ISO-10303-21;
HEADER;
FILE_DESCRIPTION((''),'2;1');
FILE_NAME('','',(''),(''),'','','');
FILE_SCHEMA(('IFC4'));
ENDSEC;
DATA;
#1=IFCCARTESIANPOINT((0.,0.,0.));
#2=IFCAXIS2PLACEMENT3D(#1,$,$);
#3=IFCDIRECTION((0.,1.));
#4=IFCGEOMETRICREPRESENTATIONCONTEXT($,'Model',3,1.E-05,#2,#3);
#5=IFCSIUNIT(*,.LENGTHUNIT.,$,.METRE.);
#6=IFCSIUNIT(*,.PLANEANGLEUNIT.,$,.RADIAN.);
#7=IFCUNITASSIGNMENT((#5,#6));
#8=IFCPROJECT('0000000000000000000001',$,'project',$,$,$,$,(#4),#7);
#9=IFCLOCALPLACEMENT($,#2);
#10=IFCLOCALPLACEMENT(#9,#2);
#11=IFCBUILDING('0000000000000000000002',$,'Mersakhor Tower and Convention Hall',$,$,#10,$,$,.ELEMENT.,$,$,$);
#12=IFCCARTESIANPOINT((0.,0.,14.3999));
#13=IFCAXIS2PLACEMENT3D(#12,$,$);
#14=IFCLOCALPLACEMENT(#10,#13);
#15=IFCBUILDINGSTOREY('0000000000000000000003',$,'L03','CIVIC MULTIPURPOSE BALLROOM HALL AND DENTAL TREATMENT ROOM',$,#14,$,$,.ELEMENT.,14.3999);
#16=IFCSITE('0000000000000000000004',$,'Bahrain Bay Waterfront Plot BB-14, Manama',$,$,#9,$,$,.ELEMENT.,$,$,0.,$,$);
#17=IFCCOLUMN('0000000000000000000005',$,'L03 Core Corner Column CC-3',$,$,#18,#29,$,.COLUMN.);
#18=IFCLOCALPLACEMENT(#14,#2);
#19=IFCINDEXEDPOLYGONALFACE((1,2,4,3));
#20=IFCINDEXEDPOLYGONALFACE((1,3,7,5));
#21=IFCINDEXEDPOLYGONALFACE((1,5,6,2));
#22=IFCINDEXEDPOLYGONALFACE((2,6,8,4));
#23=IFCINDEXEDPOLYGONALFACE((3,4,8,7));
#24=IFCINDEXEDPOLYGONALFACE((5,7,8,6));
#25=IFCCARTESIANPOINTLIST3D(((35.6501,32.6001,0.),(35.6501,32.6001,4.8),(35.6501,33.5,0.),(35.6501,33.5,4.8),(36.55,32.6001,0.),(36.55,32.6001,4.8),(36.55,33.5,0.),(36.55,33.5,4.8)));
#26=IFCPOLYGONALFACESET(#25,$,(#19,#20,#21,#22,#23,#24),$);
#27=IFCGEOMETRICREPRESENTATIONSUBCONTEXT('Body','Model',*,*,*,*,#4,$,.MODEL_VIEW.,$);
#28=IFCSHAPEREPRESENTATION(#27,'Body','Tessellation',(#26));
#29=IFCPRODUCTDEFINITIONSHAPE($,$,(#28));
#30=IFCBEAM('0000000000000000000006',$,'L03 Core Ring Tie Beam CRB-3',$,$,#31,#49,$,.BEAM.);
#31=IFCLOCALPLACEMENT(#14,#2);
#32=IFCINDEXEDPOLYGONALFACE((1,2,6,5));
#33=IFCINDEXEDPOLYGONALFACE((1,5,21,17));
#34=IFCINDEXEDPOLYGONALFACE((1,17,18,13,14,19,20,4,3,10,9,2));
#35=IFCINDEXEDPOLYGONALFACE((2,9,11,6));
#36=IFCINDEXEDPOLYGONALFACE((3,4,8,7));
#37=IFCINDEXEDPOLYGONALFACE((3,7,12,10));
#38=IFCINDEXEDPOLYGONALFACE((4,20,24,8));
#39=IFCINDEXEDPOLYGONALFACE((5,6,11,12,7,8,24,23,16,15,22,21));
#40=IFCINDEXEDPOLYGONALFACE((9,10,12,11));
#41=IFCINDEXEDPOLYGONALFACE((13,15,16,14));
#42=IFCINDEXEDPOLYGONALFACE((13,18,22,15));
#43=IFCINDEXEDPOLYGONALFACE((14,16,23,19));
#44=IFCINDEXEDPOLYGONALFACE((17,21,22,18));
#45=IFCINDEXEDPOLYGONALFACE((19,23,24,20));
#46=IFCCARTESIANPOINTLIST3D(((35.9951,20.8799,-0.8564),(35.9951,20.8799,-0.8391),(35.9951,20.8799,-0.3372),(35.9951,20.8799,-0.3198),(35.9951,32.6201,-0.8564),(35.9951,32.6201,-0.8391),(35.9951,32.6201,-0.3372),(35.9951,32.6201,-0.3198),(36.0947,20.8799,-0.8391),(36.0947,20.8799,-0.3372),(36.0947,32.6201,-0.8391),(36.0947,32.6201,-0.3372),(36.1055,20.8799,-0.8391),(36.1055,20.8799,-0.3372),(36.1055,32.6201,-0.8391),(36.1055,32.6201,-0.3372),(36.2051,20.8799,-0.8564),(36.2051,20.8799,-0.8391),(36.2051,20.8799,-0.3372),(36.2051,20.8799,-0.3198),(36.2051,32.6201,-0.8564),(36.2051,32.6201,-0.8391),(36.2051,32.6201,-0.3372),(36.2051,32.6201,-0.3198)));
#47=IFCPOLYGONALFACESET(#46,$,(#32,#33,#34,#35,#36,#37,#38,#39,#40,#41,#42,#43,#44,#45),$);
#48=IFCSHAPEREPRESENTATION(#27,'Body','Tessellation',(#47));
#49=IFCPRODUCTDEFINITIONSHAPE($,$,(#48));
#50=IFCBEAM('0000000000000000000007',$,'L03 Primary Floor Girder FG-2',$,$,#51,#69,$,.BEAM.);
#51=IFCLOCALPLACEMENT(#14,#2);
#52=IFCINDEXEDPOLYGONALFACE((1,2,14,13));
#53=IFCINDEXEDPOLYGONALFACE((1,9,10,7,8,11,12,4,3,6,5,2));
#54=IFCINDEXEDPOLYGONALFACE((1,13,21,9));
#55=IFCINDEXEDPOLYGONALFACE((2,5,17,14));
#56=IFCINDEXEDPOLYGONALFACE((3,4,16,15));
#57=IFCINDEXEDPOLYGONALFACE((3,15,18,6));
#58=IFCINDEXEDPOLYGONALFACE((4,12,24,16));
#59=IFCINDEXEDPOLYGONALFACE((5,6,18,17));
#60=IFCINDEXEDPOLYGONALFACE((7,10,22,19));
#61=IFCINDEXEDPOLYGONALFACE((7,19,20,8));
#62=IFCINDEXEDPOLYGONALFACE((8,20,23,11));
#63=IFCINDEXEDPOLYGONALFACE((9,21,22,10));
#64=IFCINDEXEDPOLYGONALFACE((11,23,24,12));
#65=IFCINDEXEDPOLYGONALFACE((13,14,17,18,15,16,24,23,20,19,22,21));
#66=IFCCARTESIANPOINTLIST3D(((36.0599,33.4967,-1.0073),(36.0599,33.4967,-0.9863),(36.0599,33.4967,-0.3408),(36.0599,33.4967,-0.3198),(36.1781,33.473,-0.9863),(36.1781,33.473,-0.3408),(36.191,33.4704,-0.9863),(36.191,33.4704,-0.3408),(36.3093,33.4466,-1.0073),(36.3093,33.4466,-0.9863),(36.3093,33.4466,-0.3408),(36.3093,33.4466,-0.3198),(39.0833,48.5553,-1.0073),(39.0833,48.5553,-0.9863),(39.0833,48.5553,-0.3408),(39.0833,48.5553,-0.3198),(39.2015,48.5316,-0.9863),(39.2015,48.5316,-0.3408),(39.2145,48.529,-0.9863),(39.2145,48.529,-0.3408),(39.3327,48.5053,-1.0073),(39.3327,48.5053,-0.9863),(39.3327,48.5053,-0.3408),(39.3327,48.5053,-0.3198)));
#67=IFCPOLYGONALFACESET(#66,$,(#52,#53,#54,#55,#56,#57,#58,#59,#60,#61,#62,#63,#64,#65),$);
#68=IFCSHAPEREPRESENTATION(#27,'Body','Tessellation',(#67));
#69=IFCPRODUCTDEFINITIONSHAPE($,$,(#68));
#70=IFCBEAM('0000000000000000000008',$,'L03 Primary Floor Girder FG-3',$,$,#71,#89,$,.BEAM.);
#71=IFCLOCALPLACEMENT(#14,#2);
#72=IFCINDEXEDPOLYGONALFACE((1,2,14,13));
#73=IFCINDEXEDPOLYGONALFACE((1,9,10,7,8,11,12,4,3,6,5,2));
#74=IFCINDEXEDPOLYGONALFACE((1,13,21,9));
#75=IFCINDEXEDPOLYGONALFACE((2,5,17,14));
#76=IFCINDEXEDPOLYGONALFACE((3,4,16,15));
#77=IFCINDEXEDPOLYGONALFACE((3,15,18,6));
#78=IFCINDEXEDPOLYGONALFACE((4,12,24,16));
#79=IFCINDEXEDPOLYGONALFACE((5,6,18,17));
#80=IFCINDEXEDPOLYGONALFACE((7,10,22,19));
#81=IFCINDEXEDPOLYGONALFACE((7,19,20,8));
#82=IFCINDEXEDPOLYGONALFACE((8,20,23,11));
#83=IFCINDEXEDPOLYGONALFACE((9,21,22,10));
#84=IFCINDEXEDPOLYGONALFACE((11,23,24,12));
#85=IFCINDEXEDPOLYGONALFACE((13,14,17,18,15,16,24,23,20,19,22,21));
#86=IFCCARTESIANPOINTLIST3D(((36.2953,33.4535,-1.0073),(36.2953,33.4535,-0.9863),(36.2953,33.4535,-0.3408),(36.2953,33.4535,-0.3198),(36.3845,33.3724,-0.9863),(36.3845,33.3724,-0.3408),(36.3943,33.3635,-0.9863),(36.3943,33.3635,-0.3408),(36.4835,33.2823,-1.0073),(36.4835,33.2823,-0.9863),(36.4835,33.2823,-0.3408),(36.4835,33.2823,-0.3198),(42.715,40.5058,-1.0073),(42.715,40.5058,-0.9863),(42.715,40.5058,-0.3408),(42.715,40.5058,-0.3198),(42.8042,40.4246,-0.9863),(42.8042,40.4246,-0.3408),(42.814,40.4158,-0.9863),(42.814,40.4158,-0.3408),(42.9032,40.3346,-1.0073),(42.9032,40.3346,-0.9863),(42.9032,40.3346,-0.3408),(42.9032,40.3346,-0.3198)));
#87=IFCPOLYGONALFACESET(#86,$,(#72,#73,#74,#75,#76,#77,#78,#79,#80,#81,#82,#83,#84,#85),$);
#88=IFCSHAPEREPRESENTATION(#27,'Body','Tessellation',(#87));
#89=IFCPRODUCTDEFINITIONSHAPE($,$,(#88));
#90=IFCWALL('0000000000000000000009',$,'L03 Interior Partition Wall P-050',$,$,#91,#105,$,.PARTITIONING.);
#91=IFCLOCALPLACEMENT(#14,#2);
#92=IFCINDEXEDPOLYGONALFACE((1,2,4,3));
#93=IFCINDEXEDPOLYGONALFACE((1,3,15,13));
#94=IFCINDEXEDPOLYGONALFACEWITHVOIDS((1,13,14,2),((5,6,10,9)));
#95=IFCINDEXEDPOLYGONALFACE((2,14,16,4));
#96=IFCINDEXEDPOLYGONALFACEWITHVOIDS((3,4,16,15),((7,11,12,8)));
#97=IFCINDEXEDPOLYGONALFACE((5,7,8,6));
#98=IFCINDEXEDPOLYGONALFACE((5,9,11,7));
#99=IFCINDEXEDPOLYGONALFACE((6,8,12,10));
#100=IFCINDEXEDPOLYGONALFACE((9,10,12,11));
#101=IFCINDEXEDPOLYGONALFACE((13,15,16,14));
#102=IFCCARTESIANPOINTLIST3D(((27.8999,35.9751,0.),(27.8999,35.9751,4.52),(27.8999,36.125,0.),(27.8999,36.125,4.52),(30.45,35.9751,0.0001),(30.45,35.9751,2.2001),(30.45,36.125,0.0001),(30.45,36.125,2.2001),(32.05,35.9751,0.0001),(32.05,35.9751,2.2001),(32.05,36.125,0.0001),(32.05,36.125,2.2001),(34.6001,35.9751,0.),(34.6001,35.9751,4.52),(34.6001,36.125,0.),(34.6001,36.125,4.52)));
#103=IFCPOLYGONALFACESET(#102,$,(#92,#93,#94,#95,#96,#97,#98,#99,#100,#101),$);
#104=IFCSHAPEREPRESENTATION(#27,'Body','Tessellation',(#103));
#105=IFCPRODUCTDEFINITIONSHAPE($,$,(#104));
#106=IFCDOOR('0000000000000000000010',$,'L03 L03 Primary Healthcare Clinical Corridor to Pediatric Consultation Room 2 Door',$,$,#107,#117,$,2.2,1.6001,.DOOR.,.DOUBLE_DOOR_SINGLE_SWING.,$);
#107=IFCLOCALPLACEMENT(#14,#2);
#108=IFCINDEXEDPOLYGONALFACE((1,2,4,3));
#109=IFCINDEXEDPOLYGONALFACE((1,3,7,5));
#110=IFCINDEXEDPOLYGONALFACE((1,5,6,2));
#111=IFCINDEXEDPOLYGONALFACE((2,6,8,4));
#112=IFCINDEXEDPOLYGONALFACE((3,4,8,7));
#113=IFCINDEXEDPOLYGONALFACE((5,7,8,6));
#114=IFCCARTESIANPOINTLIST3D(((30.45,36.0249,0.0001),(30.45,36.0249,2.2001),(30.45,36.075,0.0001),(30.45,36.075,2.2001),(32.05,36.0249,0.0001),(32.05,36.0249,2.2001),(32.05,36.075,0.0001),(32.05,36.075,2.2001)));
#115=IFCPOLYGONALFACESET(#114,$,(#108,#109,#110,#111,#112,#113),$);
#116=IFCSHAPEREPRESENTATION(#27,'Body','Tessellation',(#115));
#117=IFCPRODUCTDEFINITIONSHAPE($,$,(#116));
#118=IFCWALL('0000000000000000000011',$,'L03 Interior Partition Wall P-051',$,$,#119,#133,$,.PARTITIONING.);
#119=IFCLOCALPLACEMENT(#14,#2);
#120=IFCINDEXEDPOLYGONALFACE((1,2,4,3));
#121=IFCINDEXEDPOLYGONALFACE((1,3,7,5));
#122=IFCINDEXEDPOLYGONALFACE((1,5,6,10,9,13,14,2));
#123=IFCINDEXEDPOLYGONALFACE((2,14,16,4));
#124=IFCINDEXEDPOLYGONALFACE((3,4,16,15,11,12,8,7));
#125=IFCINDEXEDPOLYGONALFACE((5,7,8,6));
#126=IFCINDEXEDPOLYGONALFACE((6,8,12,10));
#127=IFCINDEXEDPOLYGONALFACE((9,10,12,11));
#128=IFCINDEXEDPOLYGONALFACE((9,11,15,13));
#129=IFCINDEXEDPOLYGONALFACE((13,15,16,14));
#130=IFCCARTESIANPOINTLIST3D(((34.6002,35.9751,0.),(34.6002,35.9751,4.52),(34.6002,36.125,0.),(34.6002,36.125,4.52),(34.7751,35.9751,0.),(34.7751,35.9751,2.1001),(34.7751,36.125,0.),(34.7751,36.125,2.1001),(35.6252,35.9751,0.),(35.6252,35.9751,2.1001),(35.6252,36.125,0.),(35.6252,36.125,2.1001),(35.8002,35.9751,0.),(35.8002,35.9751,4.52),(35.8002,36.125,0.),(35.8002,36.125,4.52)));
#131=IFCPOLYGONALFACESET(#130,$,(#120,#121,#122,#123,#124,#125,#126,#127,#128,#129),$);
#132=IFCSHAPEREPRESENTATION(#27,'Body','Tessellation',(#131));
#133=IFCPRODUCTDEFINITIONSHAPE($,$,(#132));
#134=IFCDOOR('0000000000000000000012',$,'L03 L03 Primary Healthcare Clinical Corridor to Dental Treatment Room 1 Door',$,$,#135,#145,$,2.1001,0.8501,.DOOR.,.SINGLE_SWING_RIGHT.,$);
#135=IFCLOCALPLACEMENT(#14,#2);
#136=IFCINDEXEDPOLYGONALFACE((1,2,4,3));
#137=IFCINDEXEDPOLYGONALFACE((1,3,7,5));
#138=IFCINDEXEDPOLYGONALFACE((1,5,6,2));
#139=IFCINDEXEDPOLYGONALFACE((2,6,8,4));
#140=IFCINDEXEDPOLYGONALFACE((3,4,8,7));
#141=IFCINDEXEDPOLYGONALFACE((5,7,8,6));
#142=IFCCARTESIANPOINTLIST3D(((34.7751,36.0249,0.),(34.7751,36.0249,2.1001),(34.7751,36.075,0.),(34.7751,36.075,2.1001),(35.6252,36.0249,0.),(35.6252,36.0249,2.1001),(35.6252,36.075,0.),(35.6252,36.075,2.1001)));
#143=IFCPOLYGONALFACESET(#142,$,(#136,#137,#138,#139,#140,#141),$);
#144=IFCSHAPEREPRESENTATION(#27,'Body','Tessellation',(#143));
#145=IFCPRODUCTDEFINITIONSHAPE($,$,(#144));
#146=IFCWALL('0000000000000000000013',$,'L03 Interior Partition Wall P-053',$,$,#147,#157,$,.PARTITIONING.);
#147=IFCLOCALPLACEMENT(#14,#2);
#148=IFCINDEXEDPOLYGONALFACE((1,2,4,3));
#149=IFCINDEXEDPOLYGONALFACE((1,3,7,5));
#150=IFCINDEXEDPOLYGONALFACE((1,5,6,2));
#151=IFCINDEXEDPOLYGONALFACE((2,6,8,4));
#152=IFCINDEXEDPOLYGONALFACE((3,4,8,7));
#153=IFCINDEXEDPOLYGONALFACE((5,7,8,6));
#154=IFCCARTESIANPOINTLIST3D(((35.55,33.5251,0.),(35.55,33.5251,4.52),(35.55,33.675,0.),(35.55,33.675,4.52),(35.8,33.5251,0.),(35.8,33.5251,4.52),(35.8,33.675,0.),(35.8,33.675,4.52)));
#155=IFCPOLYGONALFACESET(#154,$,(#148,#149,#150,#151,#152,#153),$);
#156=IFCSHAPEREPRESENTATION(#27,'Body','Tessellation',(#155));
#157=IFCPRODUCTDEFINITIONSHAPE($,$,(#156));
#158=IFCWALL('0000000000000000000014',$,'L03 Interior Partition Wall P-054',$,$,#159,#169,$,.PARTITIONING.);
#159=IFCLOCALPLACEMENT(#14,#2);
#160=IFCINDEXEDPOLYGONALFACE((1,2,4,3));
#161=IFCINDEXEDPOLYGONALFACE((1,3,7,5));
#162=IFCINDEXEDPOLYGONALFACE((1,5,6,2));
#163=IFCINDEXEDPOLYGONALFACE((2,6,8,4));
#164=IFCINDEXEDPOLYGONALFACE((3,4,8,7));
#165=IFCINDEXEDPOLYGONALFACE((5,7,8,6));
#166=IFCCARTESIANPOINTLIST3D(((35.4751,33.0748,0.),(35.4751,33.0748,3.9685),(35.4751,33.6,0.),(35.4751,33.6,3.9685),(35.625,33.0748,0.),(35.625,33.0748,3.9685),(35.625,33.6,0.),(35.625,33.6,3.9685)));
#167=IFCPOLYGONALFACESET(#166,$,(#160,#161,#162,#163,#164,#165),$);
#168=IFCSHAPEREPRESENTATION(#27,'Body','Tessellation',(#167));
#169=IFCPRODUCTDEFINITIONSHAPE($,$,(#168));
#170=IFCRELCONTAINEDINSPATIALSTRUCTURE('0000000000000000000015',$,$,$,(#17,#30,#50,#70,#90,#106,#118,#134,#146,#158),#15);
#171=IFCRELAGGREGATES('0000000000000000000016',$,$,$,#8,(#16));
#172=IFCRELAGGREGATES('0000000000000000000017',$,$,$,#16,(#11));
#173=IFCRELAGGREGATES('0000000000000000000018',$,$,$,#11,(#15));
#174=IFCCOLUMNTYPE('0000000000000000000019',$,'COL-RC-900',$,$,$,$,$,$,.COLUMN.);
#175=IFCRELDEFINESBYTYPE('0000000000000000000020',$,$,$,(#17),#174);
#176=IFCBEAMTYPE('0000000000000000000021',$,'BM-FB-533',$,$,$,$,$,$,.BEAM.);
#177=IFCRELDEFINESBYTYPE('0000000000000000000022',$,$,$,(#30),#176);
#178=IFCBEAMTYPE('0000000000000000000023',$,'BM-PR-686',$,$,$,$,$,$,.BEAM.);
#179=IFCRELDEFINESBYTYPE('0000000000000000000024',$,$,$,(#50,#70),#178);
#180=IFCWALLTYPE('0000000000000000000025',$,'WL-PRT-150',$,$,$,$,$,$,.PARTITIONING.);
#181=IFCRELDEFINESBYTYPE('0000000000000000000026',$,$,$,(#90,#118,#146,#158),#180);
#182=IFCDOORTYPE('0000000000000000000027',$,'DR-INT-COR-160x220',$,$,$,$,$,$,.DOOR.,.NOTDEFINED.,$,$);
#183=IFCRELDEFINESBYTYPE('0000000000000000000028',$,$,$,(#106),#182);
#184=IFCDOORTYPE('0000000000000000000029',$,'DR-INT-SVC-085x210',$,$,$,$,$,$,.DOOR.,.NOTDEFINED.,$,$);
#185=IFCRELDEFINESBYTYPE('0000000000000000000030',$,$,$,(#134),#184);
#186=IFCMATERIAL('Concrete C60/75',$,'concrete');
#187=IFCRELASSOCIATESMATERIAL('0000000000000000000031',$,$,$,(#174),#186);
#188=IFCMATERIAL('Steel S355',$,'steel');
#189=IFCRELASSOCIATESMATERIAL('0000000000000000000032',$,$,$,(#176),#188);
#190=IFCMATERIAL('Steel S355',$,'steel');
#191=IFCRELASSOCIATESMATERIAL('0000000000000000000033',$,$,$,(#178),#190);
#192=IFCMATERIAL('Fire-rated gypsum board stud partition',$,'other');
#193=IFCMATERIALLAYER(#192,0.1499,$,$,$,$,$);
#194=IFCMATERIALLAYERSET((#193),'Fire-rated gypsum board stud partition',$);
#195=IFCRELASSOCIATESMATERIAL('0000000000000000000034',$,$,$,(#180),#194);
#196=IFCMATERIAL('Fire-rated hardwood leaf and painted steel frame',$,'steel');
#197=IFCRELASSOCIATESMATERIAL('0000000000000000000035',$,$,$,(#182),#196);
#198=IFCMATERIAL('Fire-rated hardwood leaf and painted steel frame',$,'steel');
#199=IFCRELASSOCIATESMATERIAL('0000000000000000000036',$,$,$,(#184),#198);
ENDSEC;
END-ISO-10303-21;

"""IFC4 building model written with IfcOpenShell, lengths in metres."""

from ifc_helpers import new_model, si_unit, direction, frame, frame_2d, origin, origin_2d, place, context, subcontext, project, spatial, rectangle, i_section, extrude, material, layer, layer_set, material_profile, profile_set, type_object, element, fill, save


model = new_model("IFC4")

# Units and contexts
model_context = context("Model", 3, precision=1e-05, world=origin(), true_north=direction((0.0, 1.0)))
body_context = subcontext(model_context, "Body", "Model", "MODEL_VIEW")
ifc_project = project(units=[si_unit("LENGTHUNIT", "METRE"), si_unit("PLANEANGLEUNIT", "RADIAN")], contexts=[model_context])

# Site, building, storey
site_placement = place(None, origin())
site = spatial("IfcSite", under=ifc_project, at=site_placement, Name="Bahrain Bay Waterfront Plot BB-14, Manama", CompositionType="ELEMENT", RefElevation=0.0)
building_placement = place(site_placement, origin())
building = spatial("IfcBuilding", under=site, at=building_placement, Name="Mersakhor Tower and Convention Hall", CompositionType="ELEMENT")
storey_placement = place(building_placement, frame((0.0, 0.0, 14.3999)))
storey = spatial("IfcBuildingStorey", under=building, at=storey_placement, Name="L03", Description="CIVIC MULTIPURPOSE BALLROOM HALL AND DENTAL TREATMENT ROOM", CompositionType="ELEMENT", Elevation=14.3999)

# Column
ifc_material_1 = material(Name="Concrete C60/75", Category="concrete")
ifc_material_profile_1 = material_profile(ifc_material_1, rectangle(XDim=0.8999, YDim=0.8999, at=origin_2d()), Name="RC 900x900")
ifc_profile_set_1 = profile_set([ifc_material_profile_1], Name="Concrete C60/75")
column_type = type_object("IfcColumnType", Name="COL-RC-900", PredefinedType="COLUMN", material=ifc_profile_set_1)
column_placement = place(storey_placement, frame((36.1001, 33.05, 0.0), z_axis=(0.0, 0.0, 1.0), x_axis=(1.0, 0.0, 0.0)))
element("IfcColumn", 1, at=column_placement, inside=storey, type_object=column_type, Name="L03 Core Corner Column CC-3", PredefinedType="COLUMN", context=body_context, shape_type="SweptSolid", body=[
    extrude(rectangle(XDim=0.8999, YDim=0.8999, at=origin_2d()), origin(), (0.0, 0.0, 1.0), 4.8),
])

# Beams
ifc_material_2 = material(Name="Steel S355", Category="steel")
ifc_material_profile_2 = material_profile(ifc_material_2, i_section(OverallWidth=0.21, OverallDepth=0.5366, WebThickness=0.0107, FlangeThickness=0.0173, at=origin_2d()), Name="UB 533x210x101")
ifc_profile_set_2 = profile_set([ifc_material_profile_2], Name="Steel S355")
beam_type_1 = type_object("IfcBeamType", Name="BM-FB-533", PredefinedType="BEAM", material=ifc_profile_set_2)
beam_1_placement = place(storey_placement, frame((36.1001, 32.6201, -0.5881), z_axis=(0.0, -1.0, 0.0), x_axis=(1.0, 0.0, 0.0)))
element("IfcBeam", 2, at=beam_1_placement, inside=storey, type_object=beam_type_1, Name="L03 Core Ring Tie Beam CRB-3", PredefinedType="BEAM", context=body_context, shape_type="SweptSolid", body=[
    extrude(i_section(OverallWidth=0.21, OverallDepth=0.5366, WebThickness=0.0107, FlangeThickness=0.0173, at=origin_2d()), origin(), (0.0, 0.0, 1.0), 11.7402),
])
ifc_material_3 = material(Name="Steel S355", Category="steel")
ifc_material_profile_3 = material_profile(ifc_material_3, i_section(OverallWidth=0.2544, OverallDepth=0.6875, WebThickness=0.0132, FlangeThickness=0.021, at=origin_2d()), Name="UB 686x254x152")
ifc_profile_set_3 = profile_set([ifc_material_profile_3], Name="Steel S355")
beam_type_2 = type_object("IfcBeamType", Name="BM-PR-686", PredefinedType="BEAM", material=ifc_profile_set_3)
beam_2_placement = place(storey_placement, frame((36.1846, 33.4717, -0.6636), z_axis=(0.19685, 0.980434, 0.0), x_axis=(-0.980434, 0.19685, 0.0)))
element("IfcBeam", 3, at=beam_2_placement, inside=storey, type_object=beam_type_2, Name="L03 Primary Floor Girder FG-2", PredefinedType="BEAM", context=body_context, shape_type="SweptSolid", body=[
    extrude(i_section(OverallWidth=0.2544, OverallDepth=0.6875, WebThickness=0.0132, FlangeThickness=0.021, at=origin_2d()), origin(), (0.0, 0.0, 1.0), 15.3591),
])
beam_3_placement = place(storey_placement, frame((36.3894, 33.3679, -0.6636), z_axis=(0.673163, 0.739494, 0.0), x_axis=(-0.739494, 0.673163, 0.0)))
element("IfcBeam", 4, at=beam_3_placement, inside=storey, type_object=beam_type_2, Name="L03 Primary Floor Girder FG-3", PredefinedType="BEAM", context=body_context, shape_type="SweptSolid", body=[
    extrude(i_section(OverallWidth=0.2544, OverallDepth=0.6875, WebThickness=0.0132, FlangeThickness=0.021, at=origin_2d()), origin(), (0.0, 0.0, 1.0), 9.5366),
])

# Walls, openings, doors
ifc_material_4 = material(Name="Fire-rated gypsum board stud partition", Category="other")
ifc_layer_1 = layer(ifc_material_4, 0.1499)
ifc_layer_set_1 = layer_set([ifc_layer_1], Name="Fire-rated gypsum board stud partition")
wall_type_1 = type_object("IfcWallType", Name="WL-PRT-150", PredefinedType="PARTITIONING", material=ifc_layer_set_1)
wall_1_placement = place(storey_placement, frame((27.8999, 36.05, 0.0), z_axis=(0.0, 0.0, 1.0), x_axis=(1.0, 0.0, 0.0)))
wall_1 = element("IfcWall", 5, at=wall_1_placement, inside=storey, type_object=wall_type_1, Name="L03 Interior Partition Wall P-050", PredefinedType="PARTITIONING", context=body_context, shape_type="SweptSolid", body=[
    extrude(rectangle(XDim=6.7002, YDim=0.1499, at=frame_2d((3.3501, 0.0))), origin(), (0.0, 0.0, 1.0), 4.52),
])
opening_1_placement = place(wall_1_placement, frame((2.55, 0.0, 0.0)))
opening_1 = element("IfcOpeningElement", 6, at=opening_1_placement, cuts=wall_1, PredefinedType="OPENING", context=body_context, shape_type="SweptSolid", body=[
    extrude(rectangle(XDim=1.6001, YDim=2.2, at=frame_2d((0.8, 1.1001))), frame((0.0, 0.085, 0.0), z_axis=(0.0, -1.0, 0.0), x_axis=(1.0, 0.0, 0.0)), (0.0, 0.0, 1.0), 0.1699),
])
ifc_material_5 = material(Name="Fire-rated hardwood leaf and painted steel frame", Category="steel")
door_type_1 = type_object("IfcDoorType", Name="DR-INT-COR-160x220", OperationType="NOTDEFINED", PredefinedType="DOOR", material=ifc_material_5)
door_1_placement = place(opening_1_placement, origin())
door_1 = element("IfcDoor", 7, at=door_1_placement, inside=storey, type_object=door_type_1, Name="L03 L03 Primary Healthcare Clinical Corridor to Pediatric Consultation Room 2 Door", OperationType="DOUBLE_DOOR_SINGLE_SWING", OverallHeight=2.2, OverallWidth=1.6001, PredefinedType="DOOR", context=body_context, shape_type="SweptSolid", body=[
    extrude(rectangle(XDim=1.6001, YDim=2.2, at=frame_2d((0.8, 1.1001))), frame((0.0, 0.0249, 0.0), z_axis=(0.0, -1.0, 0.0), x_axis=(1.0, 0.0, 0.0)), (0.0, 0.0, 1.0), 0.05),
])
fill(opening_1, door_1)
wall_2_placement = place(storey_placement, frame((34.6001, 36.05, 0.0), z_axis=(0.0, 0.0, 1.0), x_axis=(1.0, 0.0, 0.0)))
wall_2 = element("IfcWall", 8, at=wall_2_placement, inside=storey, type_object=wall_type_1, Name="L03 Interior Partition Wall P-051", PredefinedType="PARTITIONING", context=body_context, shape_type="SweptSolid", body=[
    extrude(rectangle(XDim=1.2, YDim=0.1499, at=frame_2d((0.6001, 0.0))), origin(), (0.0, 0.0, 1.0), 4.52),
])
opening_2_placement = place(wall_2_placement, frame((0.175, 0.0, 0.0)))
opening_2 = element("IfcOpeningElement", 9, at=opening_2_placement, cuts=wall_2, PredefinedType="OPENING", context=body_context, shape_type="SweptSolid", body=[
    extrude(rectangle(XDim=0.8501, YDim=2.1001, at=frame_2d((0.425, 1.05))), frame((0.0, 0.085, 0.0), z_axis=(0.0, -1.0, 0.0), x_axis=(1.0, 0.0, 0.0)), (0.0, 0.0, 1.0), 0.1699),
])
ifc_material_6 = material(Name="Fire-rated hardwood leaf and painted steel frame", Category="steel")
door_type_2 = type_object("IfcDoorType", Name="DR-INT-SVC-085x210", OperationType="NOTDEFINED", PredefinedType="DOOR", material=ifc_material_6)
door_2_placement = place(opening_2_placement, origin())
door_2 = element("IfcDoor", 10, at=door_2_placement, inside=storey, type_object=door_type_2, Name="L03 L03 Primary Healthcare Clinical Corridor to Dental Treatment Room 1 Door", OperationType="SINGLE_SWING_RIGHT", OverallHeight=2.1001, OverallWidth=0.8501, PredefinedType="DOOR", context=body_context, shape_type="SweptSolid", body=[
    extrude(rectangle(XDim=0.8501, YDim=2.1001, at=frame_2d((0.425, 1.05))), frame((0.0, 0.0249, 0.0), z_axis=(0.0, -1.0, 0.0), x_axis=(1.0, 0.0, 0.0)), (0.0, 0.0, 1.0), 0.05),
])
fill(opening_2, door_2)

# Walls
wall_3_placement = place(storey_placement, frame((35.8, 33.6001, 0.0), z_axis=(0.0, 0.0, 1.0), x_axis=(-1.0, 0.0, 0.0)))
element("IfcWall", 11, at=wall_3_placement, inside=storey, type_object=wall_type_1, Name="L03 Interior Partition Wall P-053", PredefinedType="PARTITIONING", context=body_context, shape_type="SweptSolid", body=[
    extrude(rectangle(XDim=0.25, YDim=0.1499, at=frame_2d((0.125, 0.0))), origin(), (0.0, 0.0, 1.0), 4.52),
])
wall_4_placement = place(storey_placement, frame((35.55, 33.6001, 0.0), z_axis=(0.0, 0.0, 1.0), x_axis=(0.0, -1.0, 0.0)))
element("IfcWall", 12, at=wall_4_placement, inside=storey, type_object=wall_type_1, Name="L03 Interior Partition Wall P-054", PredefinedType="PARTITIONING", context=body_context, shape_type="SweptSolid", body=[
    extrude(rectangle(XDim=0.5251, YDim=0.1499, at=frame_2d((0.2627, 0.0))), origin(), (0.0, 0.0, 1.0), 3.9685),
])

save(model, "model.ifc")
